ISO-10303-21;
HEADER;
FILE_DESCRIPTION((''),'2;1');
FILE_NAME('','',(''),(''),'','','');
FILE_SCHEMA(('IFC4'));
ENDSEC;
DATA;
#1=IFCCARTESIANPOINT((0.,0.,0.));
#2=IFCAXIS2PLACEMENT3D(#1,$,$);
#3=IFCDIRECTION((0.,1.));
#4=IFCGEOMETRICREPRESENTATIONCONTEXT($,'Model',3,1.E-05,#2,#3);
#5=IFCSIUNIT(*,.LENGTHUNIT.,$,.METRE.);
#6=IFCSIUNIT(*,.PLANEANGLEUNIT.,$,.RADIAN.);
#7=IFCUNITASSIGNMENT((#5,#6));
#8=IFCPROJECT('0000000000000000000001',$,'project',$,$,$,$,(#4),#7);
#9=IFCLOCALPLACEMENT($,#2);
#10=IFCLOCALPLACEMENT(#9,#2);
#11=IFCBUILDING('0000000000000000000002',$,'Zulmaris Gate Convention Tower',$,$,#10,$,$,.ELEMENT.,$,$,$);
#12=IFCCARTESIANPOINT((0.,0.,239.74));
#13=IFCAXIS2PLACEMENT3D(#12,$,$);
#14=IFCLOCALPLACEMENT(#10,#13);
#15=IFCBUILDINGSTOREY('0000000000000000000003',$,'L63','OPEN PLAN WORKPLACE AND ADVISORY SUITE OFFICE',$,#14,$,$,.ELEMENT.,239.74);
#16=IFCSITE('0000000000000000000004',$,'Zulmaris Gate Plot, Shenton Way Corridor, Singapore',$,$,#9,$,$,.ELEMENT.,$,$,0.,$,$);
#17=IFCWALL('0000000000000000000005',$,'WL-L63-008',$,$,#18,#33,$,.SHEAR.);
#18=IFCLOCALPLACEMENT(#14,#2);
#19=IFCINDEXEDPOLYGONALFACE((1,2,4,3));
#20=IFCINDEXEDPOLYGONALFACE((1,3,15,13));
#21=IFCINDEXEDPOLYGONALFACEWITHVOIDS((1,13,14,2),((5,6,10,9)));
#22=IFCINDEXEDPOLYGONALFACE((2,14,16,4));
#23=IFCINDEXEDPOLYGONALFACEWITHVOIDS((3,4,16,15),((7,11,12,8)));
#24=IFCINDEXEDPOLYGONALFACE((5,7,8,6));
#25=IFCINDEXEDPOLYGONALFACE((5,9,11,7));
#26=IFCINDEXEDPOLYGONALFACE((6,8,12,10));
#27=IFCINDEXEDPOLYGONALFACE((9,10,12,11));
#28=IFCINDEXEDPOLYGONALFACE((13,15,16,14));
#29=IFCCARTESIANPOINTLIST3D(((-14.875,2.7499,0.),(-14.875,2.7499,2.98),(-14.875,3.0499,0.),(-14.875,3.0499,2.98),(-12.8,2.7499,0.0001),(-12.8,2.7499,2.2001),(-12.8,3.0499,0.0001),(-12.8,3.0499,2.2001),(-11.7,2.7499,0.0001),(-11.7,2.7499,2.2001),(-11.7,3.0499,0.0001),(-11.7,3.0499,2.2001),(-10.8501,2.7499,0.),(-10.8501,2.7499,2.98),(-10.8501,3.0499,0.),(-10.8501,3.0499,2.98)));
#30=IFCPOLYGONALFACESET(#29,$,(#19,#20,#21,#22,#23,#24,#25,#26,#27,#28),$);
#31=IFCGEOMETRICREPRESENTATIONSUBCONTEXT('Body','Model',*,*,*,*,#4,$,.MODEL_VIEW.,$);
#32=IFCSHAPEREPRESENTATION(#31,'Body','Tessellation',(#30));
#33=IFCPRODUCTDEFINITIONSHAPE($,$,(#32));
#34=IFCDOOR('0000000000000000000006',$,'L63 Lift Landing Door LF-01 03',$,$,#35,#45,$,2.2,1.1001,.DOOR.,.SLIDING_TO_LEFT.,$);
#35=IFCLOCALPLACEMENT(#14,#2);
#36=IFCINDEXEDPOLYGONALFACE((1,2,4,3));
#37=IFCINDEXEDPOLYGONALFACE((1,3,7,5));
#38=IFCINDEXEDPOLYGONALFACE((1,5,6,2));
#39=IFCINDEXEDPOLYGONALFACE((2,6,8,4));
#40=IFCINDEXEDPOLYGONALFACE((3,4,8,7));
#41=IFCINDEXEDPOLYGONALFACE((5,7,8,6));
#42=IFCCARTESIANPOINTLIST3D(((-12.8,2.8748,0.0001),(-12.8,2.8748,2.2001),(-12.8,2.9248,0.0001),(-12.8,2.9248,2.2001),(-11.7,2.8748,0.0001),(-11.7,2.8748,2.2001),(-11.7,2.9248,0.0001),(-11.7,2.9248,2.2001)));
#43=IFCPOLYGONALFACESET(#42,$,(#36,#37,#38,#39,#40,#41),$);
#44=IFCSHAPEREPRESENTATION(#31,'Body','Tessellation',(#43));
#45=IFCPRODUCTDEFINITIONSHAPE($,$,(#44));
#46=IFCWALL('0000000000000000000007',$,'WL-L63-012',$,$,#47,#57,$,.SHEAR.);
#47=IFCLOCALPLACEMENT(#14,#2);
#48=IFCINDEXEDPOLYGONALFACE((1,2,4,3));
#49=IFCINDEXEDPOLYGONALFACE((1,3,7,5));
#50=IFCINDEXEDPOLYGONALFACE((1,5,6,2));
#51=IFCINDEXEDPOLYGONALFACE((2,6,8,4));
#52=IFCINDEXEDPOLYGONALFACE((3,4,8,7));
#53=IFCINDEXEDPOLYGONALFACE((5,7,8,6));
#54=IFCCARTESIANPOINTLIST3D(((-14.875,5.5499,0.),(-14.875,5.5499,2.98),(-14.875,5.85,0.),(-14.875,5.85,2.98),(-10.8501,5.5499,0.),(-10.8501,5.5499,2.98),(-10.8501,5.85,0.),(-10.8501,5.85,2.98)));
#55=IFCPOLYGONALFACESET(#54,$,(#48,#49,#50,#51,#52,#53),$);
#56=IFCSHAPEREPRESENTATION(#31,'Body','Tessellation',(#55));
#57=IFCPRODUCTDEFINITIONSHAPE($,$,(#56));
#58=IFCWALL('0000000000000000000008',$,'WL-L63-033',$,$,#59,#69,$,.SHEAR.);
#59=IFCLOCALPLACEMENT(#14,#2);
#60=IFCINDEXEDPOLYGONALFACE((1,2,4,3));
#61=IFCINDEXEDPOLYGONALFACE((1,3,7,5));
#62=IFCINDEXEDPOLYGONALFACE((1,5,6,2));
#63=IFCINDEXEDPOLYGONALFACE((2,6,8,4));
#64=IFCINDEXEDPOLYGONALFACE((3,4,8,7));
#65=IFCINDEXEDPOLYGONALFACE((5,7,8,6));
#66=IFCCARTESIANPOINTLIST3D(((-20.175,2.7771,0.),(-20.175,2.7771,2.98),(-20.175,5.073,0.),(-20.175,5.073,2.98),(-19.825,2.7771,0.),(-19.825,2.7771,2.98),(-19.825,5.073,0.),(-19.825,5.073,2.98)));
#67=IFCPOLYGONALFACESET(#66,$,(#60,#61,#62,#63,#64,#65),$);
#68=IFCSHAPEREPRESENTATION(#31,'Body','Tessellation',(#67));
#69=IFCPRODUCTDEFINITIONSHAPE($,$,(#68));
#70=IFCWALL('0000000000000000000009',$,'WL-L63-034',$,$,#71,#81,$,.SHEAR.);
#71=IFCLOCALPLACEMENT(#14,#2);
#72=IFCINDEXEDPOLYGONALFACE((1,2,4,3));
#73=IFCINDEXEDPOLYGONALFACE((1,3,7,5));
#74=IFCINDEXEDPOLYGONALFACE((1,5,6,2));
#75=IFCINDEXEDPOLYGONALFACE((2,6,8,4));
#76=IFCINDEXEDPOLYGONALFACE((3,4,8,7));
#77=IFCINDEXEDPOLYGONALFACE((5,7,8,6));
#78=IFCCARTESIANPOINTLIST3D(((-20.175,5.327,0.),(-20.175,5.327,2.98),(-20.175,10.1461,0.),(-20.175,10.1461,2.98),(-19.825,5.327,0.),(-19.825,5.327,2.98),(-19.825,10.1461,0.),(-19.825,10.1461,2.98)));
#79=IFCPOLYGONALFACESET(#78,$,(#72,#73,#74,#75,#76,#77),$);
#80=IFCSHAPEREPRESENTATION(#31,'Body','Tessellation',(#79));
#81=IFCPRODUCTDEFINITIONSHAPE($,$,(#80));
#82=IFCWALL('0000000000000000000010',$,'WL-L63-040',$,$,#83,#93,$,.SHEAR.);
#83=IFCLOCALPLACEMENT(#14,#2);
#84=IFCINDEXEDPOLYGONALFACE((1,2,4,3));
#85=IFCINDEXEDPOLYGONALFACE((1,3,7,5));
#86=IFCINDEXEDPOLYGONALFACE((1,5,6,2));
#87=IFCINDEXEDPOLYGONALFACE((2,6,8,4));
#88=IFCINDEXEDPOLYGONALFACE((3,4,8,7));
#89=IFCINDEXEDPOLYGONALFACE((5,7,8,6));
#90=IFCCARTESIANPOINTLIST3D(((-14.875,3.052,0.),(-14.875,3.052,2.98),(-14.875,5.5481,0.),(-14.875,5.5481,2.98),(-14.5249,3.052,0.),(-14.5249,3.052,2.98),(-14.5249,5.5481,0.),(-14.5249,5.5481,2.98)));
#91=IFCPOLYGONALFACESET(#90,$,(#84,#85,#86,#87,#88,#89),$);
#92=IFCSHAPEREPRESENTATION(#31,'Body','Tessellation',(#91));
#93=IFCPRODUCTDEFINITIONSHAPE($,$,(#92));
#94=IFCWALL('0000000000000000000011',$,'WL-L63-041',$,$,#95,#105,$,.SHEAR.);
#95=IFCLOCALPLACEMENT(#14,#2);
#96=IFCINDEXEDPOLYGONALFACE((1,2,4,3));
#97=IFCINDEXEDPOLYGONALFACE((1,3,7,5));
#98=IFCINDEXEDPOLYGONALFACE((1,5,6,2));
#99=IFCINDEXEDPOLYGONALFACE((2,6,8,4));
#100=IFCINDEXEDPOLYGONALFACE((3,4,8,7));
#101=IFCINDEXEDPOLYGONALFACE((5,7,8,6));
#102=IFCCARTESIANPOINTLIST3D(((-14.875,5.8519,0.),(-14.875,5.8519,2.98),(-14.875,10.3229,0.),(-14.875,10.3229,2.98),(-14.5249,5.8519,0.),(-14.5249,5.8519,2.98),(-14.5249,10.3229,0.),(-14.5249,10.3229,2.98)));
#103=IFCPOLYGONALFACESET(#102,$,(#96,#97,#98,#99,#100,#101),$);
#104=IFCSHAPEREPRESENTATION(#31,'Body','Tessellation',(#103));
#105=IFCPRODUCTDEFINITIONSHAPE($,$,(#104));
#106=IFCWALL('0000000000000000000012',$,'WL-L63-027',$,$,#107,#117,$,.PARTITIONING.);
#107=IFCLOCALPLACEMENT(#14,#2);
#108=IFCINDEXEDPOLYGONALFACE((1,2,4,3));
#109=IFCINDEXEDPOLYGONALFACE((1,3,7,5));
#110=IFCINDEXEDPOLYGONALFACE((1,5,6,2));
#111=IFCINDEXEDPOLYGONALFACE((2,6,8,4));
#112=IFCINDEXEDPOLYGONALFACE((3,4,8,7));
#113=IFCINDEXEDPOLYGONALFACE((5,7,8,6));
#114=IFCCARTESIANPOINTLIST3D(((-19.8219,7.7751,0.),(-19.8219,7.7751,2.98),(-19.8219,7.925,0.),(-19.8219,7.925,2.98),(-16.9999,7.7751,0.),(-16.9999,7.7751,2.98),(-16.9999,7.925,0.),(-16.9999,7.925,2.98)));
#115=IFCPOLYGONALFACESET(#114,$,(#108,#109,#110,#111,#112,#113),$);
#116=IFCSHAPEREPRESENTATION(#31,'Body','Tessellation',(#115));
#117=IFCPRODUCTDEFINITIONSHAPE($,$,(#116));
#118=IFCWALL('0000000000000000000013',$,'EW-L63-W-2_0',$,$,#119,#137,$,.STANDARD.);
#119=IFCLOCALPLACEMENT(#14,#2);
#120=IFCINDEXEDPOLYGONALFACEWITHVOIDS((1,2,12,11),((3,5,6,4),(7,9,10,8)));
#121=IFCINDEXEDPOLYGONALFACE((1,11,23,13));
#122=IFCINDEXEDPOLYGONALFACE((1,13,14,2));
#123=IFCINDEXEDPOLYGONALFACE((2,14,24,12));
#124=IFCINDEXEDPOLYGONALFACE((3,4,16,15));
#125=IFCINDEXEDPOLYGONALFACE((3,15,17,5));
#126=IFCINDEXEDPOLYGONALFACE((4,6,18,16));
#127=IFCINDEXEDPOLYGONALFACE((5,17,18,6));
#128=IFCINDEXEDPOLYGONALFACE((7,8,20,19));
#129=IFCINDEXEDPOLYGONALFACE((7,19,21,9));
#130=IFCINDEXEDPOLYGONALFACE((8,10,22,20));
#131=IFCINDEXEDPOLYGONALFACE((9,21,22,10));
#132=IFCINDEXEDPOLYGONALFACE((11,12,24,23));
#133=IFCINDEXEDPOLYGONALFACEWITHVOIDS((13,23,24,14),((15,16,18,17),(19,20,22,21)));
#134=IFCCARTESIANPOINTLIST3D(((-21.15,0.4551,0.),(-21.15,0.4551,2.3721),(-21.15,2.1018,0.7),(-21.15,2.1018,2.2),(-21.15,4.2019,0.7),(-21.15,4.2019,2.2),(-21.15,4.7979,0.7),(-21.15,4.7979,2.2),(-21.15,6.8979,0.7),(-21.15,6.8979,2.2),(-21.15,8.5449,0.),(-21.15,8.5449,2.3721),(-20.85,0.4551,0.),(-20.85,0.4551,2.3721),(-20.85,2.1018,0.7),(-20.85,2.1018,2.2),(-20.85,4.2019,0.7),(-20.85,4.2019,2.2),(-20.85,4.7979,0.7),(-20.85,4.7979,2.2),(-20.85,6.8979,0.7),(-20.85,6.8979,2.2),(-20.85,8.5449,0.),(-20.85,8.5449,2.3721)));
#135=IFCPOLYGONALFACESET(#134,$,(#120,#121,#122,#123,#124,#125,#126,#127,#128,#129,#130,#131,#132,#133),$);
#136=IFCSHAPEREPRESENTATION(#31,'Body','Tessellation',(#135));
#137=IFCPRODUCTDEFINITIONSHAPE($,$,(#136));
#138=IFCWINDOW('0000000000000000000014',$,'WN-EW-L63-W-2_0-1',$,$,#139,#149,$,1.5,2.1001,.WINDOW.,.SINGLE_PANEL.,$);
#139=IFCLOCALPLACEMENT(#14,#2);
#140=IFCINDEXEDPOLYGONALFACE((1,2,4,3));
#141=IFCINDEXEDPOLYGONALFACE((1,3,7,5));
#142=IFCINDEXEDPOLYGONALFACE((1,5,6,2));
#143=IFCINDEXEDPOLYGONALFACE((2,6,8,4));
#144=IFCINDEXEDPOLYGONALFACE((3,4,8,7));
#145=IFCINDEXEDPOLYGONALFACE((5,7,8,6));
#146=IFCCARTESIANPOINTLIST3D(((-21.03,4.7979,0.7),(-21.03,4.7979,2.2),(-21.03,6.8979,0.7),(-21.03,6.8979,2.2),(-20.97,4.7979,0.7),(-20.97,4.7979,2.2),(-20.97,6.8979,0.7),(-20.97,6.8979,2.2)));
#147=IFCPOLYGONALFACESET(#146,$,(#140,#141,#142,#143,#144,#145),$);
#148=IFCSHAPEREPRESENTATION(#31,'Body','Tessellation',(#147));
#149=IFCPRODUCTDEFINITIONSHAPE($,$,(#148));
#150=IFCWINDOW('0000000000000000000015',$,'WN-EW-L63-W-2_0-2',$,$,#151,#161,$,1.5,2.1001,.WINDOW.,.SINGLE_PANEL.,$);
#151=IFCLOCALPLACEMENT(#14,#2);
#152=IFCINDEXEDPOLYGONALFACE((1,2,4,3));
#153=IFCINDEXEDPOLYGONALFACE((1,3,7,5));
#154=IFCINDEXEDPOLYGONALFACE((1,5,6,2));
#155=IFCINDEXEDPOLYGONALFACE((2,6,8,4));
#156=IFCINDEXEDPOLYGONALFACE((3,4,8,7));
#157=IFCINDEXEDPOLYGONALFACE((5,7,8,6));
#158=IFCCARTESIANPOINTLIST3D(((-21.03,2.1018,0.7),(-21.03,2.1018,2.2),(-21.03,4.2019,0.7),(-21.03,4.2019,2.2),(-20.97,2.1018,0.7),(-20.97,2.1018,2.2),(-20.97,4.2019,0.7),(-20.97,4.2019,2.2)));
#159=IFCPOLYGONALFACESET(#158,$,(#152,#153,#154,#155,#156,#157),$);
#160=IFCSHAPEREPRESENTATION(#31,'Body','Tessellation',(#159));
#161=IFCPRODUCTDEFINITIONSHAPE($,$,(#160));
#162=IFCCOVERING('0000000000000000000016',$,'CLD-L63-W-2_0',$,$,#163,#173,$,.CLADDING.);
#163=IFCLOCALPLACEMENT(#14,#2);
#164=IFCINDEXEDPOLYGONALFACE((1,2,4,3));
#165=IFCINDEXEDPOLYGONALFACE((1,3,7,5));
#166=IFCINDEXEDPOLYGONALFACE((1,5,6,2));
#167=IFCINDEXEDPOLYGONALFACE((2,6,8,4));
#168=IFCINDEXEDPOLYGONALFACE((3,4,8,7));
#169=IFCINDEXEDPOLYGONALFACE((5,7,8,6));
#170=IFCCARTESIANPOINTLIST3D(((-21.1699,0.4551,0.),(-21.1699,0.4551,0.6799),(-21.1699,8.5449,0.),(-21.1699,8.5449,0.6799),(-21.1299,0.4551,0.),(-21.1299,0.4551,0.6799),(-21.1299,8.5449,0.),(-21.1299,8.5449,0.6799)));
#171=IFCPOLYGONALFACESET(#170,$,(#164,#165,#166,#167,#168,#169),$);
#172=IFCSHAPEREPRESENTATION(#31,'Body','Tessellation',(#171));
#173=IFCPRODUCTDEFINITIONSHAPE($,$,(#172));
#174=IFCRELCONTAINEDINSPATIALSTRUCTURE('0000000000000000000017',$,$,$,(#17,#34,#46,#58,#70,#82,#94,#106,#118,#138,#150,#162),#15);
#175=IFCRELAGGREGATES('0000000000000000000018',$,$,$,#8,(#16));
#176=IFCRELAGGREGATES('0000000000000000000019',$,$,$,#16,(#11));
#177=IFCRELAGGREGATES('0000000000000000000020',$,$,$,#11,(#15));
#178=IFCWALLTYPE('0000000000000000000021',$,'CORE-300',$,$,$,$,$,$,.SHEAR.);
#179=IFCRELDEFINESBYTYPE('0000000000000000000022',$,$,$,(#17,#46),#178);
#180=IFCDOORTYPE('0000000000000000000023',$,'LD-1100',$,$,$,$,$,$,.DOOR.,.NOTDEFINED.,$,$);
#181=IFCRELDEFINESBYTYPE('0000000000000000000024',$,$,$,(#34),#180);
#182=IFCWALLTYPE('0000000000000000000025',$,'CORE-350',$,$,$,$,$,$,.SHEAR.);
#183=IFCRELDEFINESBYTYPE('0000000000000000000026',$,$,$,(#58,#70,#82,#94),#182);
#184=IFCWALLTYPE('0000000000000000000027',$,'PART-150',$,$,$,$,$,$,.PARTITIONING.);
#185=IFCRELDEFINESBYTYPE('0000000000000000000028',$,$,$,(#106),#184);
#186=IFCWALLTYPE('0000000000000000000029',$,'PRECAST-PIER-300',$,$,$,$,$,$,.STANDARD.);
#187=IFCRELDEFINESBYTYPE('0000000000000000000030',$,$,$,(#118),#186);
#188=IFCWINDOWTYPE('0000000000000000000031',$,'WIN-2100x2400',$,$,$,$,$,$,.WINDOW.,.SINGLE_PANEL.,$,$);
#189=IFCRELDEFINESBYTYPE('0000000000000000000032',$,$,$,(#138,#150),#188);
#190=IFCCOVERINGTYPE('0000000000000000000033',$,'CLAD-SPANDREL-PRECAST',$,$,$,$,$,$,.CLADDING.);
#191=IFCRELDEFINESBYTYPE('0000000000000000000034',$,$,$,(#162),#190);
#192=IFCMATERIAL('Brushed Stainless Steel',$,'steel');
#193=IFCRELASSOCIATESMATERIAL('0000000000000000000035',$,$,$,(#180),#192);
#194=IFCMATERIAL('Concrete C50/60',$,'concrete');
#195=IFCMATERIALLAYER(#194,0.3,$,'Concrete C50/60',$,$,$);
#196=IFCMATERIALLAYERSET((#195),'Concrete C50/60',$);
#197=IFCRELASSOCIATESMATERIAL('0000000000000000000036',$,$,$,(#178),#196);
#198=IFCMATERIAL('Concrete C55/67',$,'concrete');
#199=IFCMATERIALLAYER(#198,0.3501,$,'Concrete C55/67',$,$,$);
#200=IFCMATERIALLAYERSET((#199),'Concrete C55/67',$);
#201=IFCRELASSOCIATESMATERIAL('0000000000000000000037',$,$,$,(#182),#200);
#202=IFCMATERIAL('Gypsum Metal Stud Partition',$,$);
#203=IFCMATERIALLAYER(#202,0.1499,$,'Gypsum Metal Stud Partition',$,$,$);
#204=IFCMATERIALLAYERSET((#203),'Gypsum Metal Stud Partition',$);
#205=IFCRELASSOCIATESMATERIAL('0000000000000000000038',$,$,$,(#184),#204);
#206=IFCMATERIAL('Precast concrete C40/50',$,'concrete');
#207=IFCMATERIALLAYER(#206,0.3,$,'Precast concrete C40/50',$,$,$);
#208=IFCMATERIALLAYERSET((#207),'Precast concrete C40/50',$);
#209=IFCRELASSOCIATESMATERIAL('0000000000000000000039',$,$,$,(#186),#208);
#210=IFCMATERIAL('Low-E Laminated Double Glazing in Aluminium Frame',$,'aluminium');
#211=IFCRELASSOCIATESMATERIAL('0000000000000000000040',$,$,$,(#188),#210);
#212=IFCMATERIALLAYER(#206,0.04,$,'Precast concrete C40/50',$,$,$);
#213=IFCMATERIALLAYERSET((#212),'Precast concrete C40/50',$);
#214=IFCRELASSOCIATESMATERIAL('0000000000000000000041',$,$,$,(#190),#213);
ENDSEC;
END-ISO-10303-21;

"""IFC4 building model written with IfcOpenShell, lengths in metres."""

from ifc_helpers import new_model, si_unit, direction, frame, frame_2d, origin, place, context, subcontext, project, spatial, rectangle, extrude, material, layer, layer_set, type_object, element, fill, save


model = new_model("IFC4")

# Units and contexts
model_context = context("Model", 3, precision=1e-05, world=origin(), true_north=direction((0.0, 1.0)))
body_context = subcontext(model_context, "Body", "Model", "MODEL_VIEW")
ifc_project = project(units=[si_unit("LENGTHUNIT", "METRE"), si_unit("PLANEANGLEUNIT", "RADIAN")], contexts=[model_context])

# Site, building, storey
site_placement = place(None, origin())
site = spatial("IfcSite", under=ifc_project, at=site_placement, Name="Zulmaris Gate Plot, Shenton Way Corridor, Singapore", CompositionType="ELEMENT", RefElevation=0.0)
building_placement = place(site_placement, origin())
building = spatial("IfcBuilding", under=site, at=building_placement, Name="Zulmaris Gate Convention Tower", CompositionType="ELEMENT")
storey_placement = place(building_placement, frame((0.0, 0.0, 239.74)))
storey = spatial("IfcBuildingStorey", under=building, at=storey_placement, Name="L63", Description="OPEN PLAN WORKPLACE AND ADVISORY SUITE OFFICE", CompositionType="ELEMENT", Elevation=239.74)

# Shared definitions
ifc_material_1 = material(Name="Concrete C50/60", Category="concrete")

# Shared definitions
ifc_material_2 = material(Name="Brushed Stainless Steel", Category="steel")
door_type_1 = type_object("IfcDoorType", Name="LD-1100", OperationType="NOTDEFINED", PredefinedType="DOOR", material=ifc_material_2)

# Wall, opening, door
ifc_layer_1 = layer(ifc_material_1, 0.3, Name="Concrete C50/60")
ifc_layer_set_1 = layer_set([ifc_layer_1], Name="Concrete C50/60")
wall_type_1 = type_object("IfcWallType", Name="CORE-300", PredefinedType="SHEAR", material=ifc_layer_set_1)
wall_1_placement = place(storey_placement, frame((-14.875, 2.8999, 0.0), z_axis=(0.0, 0.0, 1.0), x_axis=(1.0, 0.0, 0.0)))
wall_1 = element("IfcWall", 1, at=wall_1_placement, inside=storey, type_object=wall_type_1, Name="WL-L63-008", PredefinedType="SHEAR", context=body_context, shape_type="SweptSolid", body=[
    extrude(rectangle(XDim=4.0249, YDim=0.3, at=frame_2d((2.0125, 0.0))), origin(), (0.0, 0.0, 1.0), 2.98),
])
opening_1_placement = place(wall_1_placement, frame((2.075, 0.0, 0.0)))
opening_1 = element("IfcOpeningElement", 2, at=opening_1_placement, cuts=wall_1, PredefinedType="OPENING", context=body_context, shape_type="SweptSolid", body=[
    extrude(rectangle(XDim=1.1001, YDim=2.2, at=frame_2d((0.55, 1.1001))), frame((0.0, 0.1602, 0.0), z_axis=(0.0, -1.0, 0.0), x_axis=(1.0, 0.0, 0.0)), (0.0, 0.0, 1.0), 0.3201),
])
door_1_placement = place(opening_1_placement, origin())
door_1 = element("IfcDoor", 3, at=door_1_placement, inside=storey, type_object=door_type_1, Name="L63 Lift Landing Door LF-01 03", OperationType="SLIDING_TO_LEFT", OverallHeight=2.2, OverallWidth=1.1001, PredefinedType="DOOR", context=body_context, shape_type="SweptSolid", body=[
    extrude(rectangle(XDim=1.1001, YDim=2.2, at=frame_2d((0.55, 1.1001))), frame((0.0, 0.0249, 0.0), z_axis=(0.0, -1.0, 0.0), x_axis=(1.0, 0.0, 0.0)), (0.0, 0.0, 1.0), 0.05),
])
fill(opening_1, door_1)

# Walls
wall_2_placement = place(storey_placement, frame((-14.875, 5.7, 0.0), z_axis=(0.0, 0.0, 1.0), x_axis=(1.0, 0.0, 0.0)))
element("IfcWall", 4, at=wall_2_placement, inside=storey, type_object=wall_type_1, Name="WL-L63-012", PredefinedType="SHEAR", context=body_context, shape_type="SweptSolid", body=[
    extrude(rectangle(XDim=4.0249, YDim=0.3, at=frame_2d((2.0125, 0.0))), origin(), (0.0, 0.0, 1.0), 2.98),
])
ifc_material_3 = material(Name="Concrete C55/67", Category="concrete")
ifc_layer_2 = layer(ifc_material_3, 0.3501, Name="Concrete C55/67")
ifc_layer_set_2 = layer_set([ifc_layer_2], Name="Concrete C55/67")
wall_type_2 = type_object("IfcWallType", Name="CORE-350", PredefinedType="SHEAR", material=ifc_layer_set_2)
wall_3_placement = place(storey_placement, frame((-20.0, 2.7771, 0.0), z_axis=(0.0, 0.0, 1.0), x_axis=(0.0, 1.0, 0.0)))
element("IfcWall", 5, at=wall_3_placement, inside=storey, type_object=wall_type_2, Name="WL-L63-033", PredefinedType="SHEAR", context=body_context, shape_type="SweptSolid", body=[
    extrude(rectangle(XDim=2.2959, YDim=0.3501, at=frame_2d((1.1479, 0.0))), origin(), (0.0, 0.0, 1.0), 2.98),
])
wall_4_placement = place(storey_placement, frame((-20.0, 5.3269, 0.0), z_axis=(0.0, 0.0, 1.0), x_axis=(0.0, 1.0, 0.0)))
element("IfcWall", 6, at=wall_4_placement, inside=storey, type_object=wall_type_2, Name="WL-L63-034", PredefinedType="SHEAR", context=body_context, shape_type="SweptSolid", body=[
    extrude(rectangle(XDim=4.8191, YDim=0.3501, at=frame_2d((2.4097, 0.0))), origin(), (0.0, 0.0, 1.0), 2.98),
])
wall_5_placement = place(storey_placement, frame((-14.7, 3.052, 0.0), z_axis=(0.0, 0.0, 1.0), x_axis=(0.0, 1.0, 0.0)))
element("IfcWall", 7, at=wall_5_placement, inside=storey, type_object=wall_type_2, Name="WL-L63-040", PredefinedType="SHEAR", context=body_context, shape_type="SweptSolid", body=[
    extrude(rectangle(XDim=2.4961, YDim=0.3501, at=frame_2d((1.248, 0.0))), origin(), (0.0, 0.0, 1.0), 2.98),
])
wall_6_placement = place(storey_placement, frame((-14.7, 5.8521, 0.0), z_axis=(0.0, 0.0, 1.0), x_axis=(0.0, 1.0, 0.0)))
element("IfcWall", 8, at=wall_6_placement, inside=storey, type_object=wall_type_2, Name="WL-L63-041", PredefinedType="SHEAR", context=body_context, shape_type="SweptSolid", body=[
    extrude(rectangle(XDim=4.4709, YDim=0.3501, at=frame_2d((2.2354, 0.0))), origin(), (0.0, 0.0, 1.0), 2.98),
])
ifc_material_4 = material(Name="Gypsum Metal Stud Partition")
ifc_layer_3 = layer(ifc_material_4, 0.1499, Name="Gypsum Metal Stud Partition")
ifc_layer_set_3 = layer_set([ifc_layer_3], Name="Gypsum Metal Stud Partition")
wall_type_3 = type_object("IfcWallType", Name="PART-150", PredefinedType="PARTITIONING", material=ifc_layer_set_3)
wall_7_placement = place(storey_placement, frame((-19.822, 7.8501, 0.0), z_axis=(0.0, 0.0, 1.0), x_axis=(1.0, 0.0, 0.0)))
element("IfcWall", 9, at=wall_7_placement, inside=storey, type_object=wall_type_3, Name="WL-L63-027", PredefinedType="PARTITIONING", context=body_context, shape_type="SweptSolid", body=[
    extrude(rectangle(XDim=2.822, YDim=0.1499, at=frame_2d((1.4111, 0.0))), origin(), (0.0, 0.0, 1.0), 2.98),
])

# Wall, openings, windows
ifc_material_5 = material(Name="Precast concrete C40/50", Category="concrete")
ifc_layer_4 = layer(ifc_material_5, 0.3, Name="Precast concrete C40/50")
ifc_layer_set_4 = layer_set([ifc_layer_4], Name="Precast concrete C40/50")
wall_type_4 = type_object("IfcWallType", Name="PRECAST-PIER-300", PredefinedType="STANDARD", material=ifc_layer_set_4)
wall_8_placement = place(storey_placement, frame((-21.0, 8.5449, 0.0), z_axis=(0.0, 0.0, 1.0), x_axis=(0.0, -1.0, 0.0)))
wall_8 = element("IfcWall", 10, at=wall_8_placement, inside=storey, type_object=wall_type_4, Name="EW-L63-W-2_0", PredefinedType="STANDARD", context=body_context, shape_type="SweptSolid", body=[
    extrude(rectangle(XDim=8.0898, YDim=0.3, at=frame_2d((4.0449, 0.0))), origin(), (0.0, 0.0, 1.0), 2.3721),
])
opening_2_placement = place(wall_8_placement, frame((1.647, 0.0, 0.7)))
opening_2 = element("IfcOpeningElement", 11, at=opening_2_placement, cuts=wall_8, PredefinedType="OPENING", context=body_context, shape_type="SweptSolid", body=[
    extrude(rectangle(XDim=2.1001, YDim=1.5, at=frame_2d((1.05, 0.75))), frame((0.0, 0.1602, 0.0), z_axis=(0.0, -1.0, 0.0), x_axis=(1.0, 0.0, 0.0)), (0.0, 0.0, 1.0), 0.3201),
])
opening_3_placement = place(wall_8_placement, frame((4.343, 0.0, 0.7)))
opening_3 = element("IfcOpeningElement", 12, at=opening_3_placement, cuts=wall_8, PredefinedType="OPENING", context=body_context, shape_type="SweptSolid", body=[
    extrude(rectangle(XDim=2.1001, YDim=1.5, at=frame_2d((1.05, 0.75))), frame((0.0, 0.1602, 0.0), z_axis=(0.0, -1.0, 0.0), x_axis=(1.0, 0.0, 0.0)), (0.0, 0.0, 1.0), 0.3201),
])
ifc_material_6 = material(Name="Low-E Laminated Double Glazing in Aluminium Frame", Category="aluminium")
window_type = type_object("IfcWindowType", Name="WIN-2100x2400", PartitioningType="SINGLE_PANEL", PredefinedType="WINDOW", material=ifc_material_6)
window_1_placement = place(opening_2_placement, origin())
window_1 = element("IfcWindow", 13, at=window_1_placement, inside=storey, type_object=window_type, Name="WN-EW-L63-W-2_0-1", OverallHeight=1.5, OverallWidth=2.1001, PartitioningType="SINGLE_PANEL", PredefinedType="WINDOW", context=body_context, shape_type="SweptSolid", body=[
    extrude(rectangle(XDim=2.1001, YDim=1.5, at=frame_2d((1.05, 0.75))), frame((0.0, 0.03, 0.0), z_axis=(0.0, -1.0, 0.0), x_axis=(1.0, 0.0, 0.0)), (0.0, 0.0, 1.0), 0.0601),
])
fill(opening_2, window_1)
window_2_placement = place(opening_3_placement, origin())
window_2 = element("IfcWindow", 14, at=window_2_placement, inside=storey, type_object=window_type, Name="WN-EW-L63-W-2_0-2", OverallHeight=1.5, OverallWidth=2.1001, PartitioningType="SINGLE_PANEL", PredefinedType="WINDOW", context=body_context, shape_type="SweptSolid", body=[
    extrude(rectangle(XDim=2.1001, YDim=1.5, at=frame_2d((1.05, 0.75))), frame((0.0, 0.03, 0.0), z_axis=(0.0, -1.0, 0.0), x_axis=(1.0, 0.0, 0.0)), (0.0, 0.0, 1.0), 0.0601),
])
fill(opening_3, window_2)

# Covering
ifc_layer_5 = layer(ifc_material_5, 0.04, Name="Precast concrete C40/50")
ifc_layer_set_5 = layer_set([ifc_layer_5], Name="Precast concrete C40/50")
covering_type = type_object("IfcCoveringType", Name="CLAD-SPANDREL-PRECAST", PredefinedType="CLADDING", material=ifc_layer_set_5)
covering_placement = place(storey_placement, frame((-21.1499, 8.5449, 0.0), z_axis=(0.0, 0.0, 1.0), x_axis=(0.0, -1.0, 0.0)))
element("IfcCovering", 15, at=covering_placement, inside=storey, type_object=covering_type, Name="CLD-L63-W-2_0", PredefinedType="CLADDING", context=body_context, shape_type="SweptSolid", body=[
    extrude(rectangle(XDim=8.0898, YDim=0.04, at=frame_2d((4.0449, 0.0))), origin(), (0.0, 0.0, 1.0), 0.6799),
])

save(model, "model.ifc")
